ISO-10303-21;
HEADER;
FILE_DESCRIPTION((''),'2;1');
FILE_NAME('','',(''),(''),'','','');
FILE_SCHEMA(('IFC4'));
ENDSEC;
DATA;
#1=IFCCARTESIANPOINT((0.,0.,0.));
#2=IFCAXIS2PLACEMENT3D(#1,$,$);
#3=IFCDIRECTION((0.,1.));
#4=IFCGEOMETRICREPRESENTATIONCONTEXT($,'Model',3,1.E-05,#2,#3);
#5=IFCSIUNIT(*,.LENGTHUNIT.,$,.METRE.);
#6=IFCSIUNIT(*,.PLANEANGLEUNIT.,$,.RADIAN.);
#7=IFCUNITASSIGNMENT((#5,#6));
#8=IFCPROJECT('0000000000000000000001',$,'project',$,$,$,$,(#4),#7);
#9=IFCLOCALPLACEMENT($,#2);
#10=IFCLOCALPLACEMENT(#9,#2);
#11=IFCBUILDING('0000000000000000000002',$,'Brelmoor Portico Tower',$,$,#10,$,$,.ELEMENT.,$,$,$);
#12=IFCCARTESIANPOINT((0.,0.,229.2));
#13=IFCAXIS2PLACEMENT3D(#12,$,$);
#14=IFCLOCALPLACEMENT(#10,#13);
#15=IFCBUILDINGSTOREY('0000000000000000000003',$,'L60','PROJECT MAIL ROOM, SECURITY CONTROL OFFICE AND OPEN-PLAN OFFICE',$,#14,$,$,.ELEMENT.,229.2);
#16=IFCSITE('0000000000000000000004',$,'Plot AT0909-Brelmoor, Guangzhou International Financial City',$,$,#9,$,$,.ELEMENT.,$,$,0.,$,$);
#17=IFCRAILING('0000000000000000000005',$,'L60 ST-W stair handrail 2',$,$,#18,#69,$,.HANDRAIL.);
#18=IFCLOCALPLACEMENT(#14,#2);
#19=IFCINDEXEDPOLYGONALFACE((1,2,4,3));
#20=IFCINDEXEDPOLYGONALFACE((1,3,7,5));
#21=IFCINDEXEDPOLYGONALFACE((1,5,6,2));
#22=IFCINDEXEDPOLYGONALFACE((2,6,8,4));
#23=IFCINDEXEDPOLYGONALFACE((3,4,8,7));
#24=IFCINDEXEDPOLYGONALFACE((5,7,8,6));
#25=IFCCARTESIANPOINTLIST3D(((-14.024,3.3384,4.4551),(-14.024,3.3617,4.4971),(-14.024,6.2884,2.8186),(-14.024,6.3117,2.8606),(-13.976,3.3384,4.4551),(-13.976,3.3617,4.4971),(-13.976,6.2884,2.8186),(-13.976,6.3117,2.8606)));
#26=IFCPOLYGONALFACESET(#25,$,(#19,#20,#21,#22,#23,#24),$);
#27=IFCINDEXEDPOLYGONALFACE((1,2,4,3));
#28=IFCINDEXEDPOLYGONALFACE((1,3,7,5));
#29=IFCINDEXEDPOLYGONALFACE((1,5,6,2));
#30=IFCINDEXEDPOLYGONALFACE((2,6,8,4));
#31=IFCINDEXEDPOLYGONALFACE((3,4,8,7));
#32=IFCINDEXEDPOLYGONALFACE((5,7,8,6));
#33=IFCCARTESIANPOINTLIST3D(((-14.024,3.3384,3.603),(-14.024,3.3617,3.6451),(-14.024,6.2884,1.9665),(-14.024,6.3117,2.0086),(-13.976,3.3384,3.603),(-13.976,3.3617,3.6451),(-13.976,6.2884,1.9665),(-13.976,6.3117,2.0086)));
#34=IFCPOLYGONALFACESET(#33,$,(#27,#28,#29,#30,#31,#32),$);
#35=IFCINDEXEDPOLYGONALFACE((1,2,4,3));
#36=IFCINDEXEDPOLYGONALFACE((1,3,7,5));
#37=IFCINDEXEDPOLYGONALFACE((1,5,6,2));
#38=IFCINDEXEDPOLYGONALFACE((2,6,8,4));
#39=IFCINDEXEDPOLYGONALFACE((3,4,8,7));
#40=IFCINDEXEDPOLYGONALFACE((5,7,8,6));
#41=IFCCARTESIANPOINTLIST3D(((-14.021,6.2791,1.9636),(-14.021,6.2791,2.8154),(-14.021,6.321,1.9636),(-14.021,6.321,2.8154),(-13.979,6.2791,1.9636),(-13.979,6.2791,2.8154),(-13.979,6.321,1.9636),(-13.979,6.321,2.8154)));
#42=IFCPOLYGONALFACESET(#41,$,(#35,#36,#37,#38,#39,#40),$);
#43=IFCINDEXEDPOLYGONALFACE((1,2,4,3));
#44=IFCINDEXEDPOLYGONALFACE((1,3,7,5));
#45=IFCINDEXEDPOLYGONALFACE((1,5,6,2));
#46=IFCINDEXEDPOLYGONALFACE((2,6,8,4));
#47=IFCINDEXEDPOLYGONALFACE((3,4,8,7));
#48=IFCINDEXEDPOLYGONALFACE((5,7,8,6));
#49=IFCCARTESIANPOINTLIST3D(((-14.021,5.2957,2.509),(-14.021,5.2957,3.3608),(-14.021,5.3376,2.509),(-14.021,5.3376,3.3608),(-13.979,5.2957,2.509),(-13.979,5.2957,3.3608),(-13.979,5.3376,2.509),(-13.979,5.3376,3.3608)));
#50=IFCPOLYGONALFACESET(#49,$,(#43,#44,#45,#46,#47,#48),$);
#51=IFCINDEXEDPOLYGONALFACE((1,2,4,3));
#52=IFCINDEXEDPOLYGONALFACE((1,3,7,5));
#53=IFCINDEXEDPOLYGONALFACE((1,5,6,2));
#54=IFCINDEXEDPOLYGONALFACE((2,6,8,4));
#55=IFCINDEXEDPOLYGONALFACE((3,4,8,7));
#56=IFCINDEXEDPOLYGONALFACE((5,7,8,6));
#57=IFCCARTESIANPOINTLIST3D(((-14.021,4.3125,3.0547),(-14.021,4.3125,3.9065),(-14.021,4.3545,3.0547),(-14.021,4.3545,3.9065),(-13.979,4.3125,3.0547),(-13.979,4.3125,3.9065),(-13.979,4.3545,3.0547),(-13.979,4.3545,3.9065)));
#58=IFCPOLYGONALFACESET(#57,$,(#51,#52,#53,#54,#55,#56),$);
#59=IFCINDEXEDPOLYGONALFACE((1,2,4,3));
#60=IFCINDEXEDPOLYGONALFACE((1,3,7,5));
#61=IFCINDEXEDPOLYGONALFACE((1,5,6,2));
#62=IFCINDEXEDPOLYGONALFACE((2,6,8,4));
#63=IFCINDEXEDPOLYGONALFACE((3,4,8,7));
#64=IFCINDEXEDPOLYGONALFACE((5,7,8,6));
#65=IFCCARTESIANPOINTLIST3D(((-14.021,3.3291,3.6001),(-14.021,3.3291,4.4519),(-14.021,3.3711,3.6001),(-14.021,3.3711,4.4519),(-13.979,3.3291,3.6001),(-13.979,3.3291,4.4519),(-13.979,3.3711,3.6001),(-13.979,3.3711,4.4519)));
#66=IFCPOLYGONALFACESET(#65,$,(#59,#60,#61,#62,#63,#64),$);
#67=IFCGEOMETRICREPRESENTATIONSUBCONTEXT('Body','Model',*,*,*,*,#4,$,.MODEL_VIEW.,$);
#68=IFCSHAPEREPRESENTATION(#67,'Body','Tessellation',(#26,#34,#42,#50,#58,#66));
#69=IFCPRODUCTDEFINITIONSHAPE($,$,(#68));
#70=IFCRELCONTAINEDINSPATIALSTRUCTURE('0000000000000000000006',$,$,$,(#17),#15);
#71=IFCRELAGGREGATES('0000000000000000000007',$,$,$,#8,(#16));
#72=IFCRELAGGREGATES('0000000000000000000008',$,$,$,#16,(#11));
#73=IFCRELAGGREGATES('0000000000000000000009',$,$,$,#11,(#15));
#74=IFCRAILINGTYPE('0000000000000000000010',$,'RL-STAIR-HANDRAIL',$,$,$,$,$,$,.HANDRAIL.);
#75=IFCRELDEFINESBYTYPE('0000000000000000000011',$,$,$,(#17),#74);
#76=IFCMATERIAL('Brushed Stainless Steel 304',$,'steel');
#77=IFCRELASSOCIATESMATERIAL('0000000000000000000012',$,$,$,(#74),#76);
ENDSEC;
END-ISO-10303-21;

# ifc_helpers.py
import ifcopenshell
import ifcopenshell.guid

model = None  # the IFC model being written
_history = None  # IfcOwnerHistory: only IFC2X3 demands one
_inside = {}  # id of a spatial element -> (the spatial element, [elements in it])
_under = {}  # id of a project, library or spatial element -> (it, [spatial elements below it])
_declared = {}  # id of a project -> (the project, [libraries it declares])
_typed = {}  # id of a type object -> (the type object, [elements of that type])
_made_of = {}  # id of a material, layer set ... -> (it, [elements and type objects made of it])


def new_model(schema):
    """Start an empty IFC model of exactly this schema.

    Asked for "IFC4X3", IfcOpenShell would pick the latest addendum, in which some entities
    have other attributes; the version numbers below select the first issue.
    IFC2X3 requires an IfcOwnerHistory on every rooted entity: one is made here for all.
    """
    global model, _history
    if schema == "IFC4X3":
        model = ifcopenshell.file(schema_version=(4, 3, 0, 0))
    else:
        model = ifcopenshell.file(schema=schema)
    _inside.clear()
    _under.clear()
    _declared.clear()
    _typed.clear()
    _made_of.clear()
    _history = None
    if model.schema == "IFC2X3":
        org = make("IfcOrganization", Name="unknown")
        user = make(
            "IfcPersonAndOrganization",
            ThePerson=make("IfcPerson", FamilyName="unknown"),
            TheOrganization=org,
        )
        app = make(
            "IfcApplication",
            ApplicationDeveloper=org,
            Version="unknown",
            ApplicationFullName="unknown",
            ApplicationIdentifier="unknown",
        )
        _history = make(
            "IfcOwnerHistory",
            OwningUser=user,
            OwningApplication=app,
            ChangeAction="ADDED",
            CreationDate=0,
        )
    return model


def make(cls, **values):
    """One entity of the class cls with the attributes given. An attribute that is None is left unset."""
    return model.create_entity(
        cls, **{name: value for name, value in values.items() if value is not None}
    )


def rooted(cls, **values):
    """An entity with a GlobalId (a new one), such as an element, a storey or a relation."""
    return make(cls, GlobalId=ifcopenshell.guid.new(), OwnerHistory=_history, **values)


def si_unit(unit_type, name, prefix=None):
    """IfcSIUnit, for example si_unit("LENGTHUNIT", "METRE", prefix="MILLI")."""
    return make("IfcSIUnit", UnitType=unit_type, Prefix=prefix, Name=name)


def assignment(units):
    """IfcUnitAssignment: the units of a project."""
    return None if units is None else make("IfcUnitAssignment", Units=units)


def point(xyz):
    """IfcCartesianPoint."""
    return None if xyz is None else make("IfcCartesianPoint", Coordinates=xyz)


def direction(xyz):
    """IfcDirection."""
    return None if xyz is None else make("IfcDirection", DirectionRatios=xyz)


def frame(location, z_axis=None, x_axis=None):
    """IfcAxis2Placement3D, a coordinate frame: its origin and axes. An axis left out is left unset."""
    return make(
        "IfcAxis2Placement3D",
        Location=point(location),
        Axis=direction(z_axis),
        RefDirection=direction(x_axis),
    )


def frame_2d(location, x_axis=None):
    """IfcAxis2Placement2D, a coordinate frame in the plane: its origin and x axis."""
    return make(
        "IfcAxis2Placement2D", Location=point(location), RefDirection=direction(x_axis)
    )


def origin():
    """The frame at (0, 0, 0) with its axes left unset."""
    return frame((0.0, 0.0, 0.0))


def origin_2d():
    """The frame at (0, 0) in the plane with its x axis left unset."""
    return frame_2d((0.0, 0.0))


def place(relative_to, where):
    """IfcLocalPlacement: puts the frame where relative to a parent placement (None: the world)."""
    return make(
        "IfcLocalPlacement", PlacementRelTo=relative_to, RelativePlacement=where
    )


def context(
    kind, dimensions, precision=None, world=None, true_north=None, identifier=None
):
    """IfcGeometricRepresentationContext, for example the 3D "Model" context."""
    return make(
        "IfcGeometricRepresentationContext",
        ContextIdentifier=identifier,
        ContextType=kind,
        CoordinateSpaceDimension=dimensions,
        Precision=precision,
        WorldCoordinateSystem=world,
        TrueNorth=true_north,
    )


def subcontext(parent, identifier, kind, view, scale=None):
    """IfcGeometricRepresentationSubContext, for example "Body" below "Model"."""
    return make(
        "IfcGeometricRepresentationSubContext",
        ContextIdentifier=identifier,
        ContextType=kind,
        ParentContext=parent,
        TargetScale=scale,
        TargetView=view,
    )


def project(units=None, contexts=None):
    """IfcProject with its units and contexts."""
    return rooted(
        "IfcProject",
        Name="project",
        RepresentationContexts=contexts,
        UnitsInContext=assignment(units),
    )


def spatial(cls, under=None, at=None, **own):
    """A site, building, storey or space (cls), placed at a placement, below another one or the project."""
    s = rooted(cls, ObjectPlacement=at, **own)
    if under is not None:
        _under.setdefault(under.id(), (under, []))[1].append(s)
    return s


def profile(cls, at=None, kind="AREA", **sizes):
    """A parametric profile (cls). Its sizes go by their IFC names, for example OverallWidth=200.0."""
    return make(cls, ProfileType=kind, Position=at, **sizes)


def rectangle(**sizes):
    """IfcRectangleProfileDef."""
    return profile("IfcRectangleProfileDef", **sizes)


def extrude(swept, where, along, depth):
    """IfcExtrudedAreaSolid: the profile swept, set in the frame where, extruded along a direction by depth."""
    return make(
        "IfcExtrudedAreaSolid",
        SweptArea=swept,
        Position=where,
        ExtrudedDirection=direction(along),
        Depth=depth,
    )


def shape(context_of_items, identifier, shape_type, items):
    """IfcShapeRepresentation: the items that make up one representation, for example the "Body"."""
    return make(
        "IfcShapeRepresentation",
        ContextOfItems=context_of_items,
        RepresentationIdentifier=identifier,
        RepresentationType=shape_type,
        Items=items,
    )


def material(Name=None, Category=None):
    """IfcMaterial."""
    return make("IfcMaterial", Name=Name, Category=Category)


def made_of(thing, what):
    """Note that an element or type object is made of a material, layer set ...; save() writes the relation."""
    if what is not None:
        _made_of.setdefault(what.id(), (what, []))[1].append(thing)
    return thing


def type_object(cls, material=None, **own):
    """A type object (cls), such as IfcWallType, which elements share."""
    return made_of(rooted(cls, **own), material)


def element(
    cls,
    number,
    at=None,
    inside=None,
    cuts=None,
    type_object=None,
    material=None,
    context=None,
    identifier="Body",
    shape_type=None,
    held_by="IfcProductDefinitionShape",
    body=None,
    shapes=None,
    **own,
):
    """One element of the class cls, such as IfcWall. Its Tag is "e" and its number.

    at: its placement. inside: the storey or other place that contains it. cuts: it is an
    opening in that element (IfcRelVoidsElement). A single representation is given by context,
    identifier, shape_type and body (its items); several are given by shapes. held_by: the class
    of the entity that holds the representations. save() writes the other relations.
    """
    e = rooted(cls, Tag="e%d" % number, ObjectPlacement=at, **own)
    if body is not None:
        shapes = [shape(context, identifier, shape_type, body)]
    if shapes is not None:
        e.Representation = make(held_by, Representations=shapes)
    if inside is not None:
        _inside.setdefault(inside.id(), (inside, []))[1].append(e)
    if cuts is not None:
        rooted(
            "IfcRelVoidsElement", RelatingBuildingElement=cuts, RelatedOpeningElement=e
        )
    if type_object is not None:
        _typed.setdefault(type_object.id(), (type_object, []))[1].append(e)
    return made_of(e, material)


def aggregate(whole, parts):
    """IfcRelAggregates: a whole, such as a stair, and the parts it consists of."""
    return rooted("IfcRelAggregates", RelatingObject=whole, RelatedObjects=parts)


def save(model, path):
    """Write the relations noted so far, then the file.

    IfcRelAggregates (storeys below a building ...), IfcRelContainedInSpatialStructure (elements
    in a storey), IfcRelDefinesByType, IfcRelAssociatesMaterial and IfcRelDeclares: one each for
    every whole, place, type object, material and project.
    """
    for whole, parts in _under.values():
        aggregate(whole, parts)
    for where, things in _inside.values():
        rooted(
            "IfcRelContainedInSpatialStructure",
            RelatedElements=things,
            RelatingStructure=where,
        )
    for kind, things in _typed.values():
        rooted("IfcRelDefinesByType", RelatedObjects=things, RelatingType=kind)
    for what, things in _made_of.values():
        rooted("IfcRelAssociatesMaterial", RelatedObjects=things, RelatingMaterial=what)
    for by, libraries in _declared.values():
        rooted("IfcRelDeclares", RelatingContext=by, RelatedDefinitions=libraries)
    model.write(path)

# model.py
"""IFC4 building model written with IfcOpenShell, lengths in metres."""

from ifc_helpers import new_model, si_unit, direction, frame, origin, origin_2d, place, context, subcontext, project, spatial, rectangle, extrude, material, type_object, element, save


model = new_model("IFC4")

# Units and contexts
model_context = context("Model", 3, precision=1e-05, world=origin(), true_north=direction((0.0, 1.0)))
body_context = subcontext(model_context, "Body", "Model", "MODEL_VIEW")
ifc_project = project(units=[si_unit("LENGTHUNIT", "METRE"), si_unit("PLANEANGLEUNIT", "RADIAN")], contexts=[model_context])

# Site, building, storey
site_placement = place(None, origin())
site = spatial("IfcSite", under=ifc_project, at=site_placement, Name="Plot AT0909-Brelmoor, Guangzhou International Financial City", CompositionType="ELEMENT", RefElevation=0.0)
building_placement = place(site_placement, origin())
building = spatial("IfcBuilding", under=site, at=building_placement, Name="Brelmoor Portico Tower", CompositionType="ELEMENT")
storey_placement = place(building_placement, frame((0.0, 0.0, 229.2)))
storey = spatial("IfcBuildingStorey", under=building, at=storey_placement, Name="L60", Description="PROJECT MAIL ROOM, SECURITY CONTROL OFFICE AND OPEN-PLAN OFFICE", CompositionType="ELEMENT", Elevation=229.2)

# Railing
ifc_material_1 = material(Name="Brushed Stainless Steel 304", Category="steel")
railing_type_1 = type_object("IfcRailingType", Name="RL-STAIR-HANDRAIL", PredefinedType="HANDRAIL", material=ifc_material_1)
railing_1_placement = place(storey_placement, frame((-14.0, 6.3, 1.9636)))
element("IfcRailing", 1, at=railing_1_placement, inside=storey, type_object=railing_type_1, Name="L60 ST-W stair handrail 2", PredefinedType="HANDRAIL", context=body_context, shape_type="SweptSolid", body=[
    extrude(rectangle(XDim=0.0481, YDim=0.0481, at=origin_2d()), frame((0.0, 0.0, 0.876), z_axis=(0.0, -0.874458, 0.485102), x_axis=(1.0, 0.0, 0.0)), (0.0, 0.0, 1.0), 3.3735),
    extrude(rectangle(XDim=0.0481, YDim=0.0481, at=origin_2d()), frame((0.0, 0.0, 0.0239), z_axis=(0.0, -0.874458, 0.485102), x_axis=(1.0, 0.0, 0.0)), (0.0, 0.0, 1.0), 3.3735),
    extrude(rectangle(XDim=0.042, YDim=0.042, at=origin_2d()), origin(), (0.0, 0.0, 1.0), 0.8518),
    extrude(rectangle(XDim=0.042, YDim=0.042, at=origin_2d()), frame((0.0, -0.9834, 0.5454)), (0.0, 0.0, 1.0), 0.8518),
    extrude(rectangle(XDim=0.042, YDim=0.042, at=origin_2d()), frame((0.0, -1.9666, 1.0911)), (0.0, 0.0, 1.0), 0.8518),
    extrude(rectangle(XDim=0.042, YDim=0.042, at=origin_2d()), frame((0.0, -2.95, 1.6365)), (0.0, 0.0, 1.0), 0.8518),
])

save(model, "model.ifc")
